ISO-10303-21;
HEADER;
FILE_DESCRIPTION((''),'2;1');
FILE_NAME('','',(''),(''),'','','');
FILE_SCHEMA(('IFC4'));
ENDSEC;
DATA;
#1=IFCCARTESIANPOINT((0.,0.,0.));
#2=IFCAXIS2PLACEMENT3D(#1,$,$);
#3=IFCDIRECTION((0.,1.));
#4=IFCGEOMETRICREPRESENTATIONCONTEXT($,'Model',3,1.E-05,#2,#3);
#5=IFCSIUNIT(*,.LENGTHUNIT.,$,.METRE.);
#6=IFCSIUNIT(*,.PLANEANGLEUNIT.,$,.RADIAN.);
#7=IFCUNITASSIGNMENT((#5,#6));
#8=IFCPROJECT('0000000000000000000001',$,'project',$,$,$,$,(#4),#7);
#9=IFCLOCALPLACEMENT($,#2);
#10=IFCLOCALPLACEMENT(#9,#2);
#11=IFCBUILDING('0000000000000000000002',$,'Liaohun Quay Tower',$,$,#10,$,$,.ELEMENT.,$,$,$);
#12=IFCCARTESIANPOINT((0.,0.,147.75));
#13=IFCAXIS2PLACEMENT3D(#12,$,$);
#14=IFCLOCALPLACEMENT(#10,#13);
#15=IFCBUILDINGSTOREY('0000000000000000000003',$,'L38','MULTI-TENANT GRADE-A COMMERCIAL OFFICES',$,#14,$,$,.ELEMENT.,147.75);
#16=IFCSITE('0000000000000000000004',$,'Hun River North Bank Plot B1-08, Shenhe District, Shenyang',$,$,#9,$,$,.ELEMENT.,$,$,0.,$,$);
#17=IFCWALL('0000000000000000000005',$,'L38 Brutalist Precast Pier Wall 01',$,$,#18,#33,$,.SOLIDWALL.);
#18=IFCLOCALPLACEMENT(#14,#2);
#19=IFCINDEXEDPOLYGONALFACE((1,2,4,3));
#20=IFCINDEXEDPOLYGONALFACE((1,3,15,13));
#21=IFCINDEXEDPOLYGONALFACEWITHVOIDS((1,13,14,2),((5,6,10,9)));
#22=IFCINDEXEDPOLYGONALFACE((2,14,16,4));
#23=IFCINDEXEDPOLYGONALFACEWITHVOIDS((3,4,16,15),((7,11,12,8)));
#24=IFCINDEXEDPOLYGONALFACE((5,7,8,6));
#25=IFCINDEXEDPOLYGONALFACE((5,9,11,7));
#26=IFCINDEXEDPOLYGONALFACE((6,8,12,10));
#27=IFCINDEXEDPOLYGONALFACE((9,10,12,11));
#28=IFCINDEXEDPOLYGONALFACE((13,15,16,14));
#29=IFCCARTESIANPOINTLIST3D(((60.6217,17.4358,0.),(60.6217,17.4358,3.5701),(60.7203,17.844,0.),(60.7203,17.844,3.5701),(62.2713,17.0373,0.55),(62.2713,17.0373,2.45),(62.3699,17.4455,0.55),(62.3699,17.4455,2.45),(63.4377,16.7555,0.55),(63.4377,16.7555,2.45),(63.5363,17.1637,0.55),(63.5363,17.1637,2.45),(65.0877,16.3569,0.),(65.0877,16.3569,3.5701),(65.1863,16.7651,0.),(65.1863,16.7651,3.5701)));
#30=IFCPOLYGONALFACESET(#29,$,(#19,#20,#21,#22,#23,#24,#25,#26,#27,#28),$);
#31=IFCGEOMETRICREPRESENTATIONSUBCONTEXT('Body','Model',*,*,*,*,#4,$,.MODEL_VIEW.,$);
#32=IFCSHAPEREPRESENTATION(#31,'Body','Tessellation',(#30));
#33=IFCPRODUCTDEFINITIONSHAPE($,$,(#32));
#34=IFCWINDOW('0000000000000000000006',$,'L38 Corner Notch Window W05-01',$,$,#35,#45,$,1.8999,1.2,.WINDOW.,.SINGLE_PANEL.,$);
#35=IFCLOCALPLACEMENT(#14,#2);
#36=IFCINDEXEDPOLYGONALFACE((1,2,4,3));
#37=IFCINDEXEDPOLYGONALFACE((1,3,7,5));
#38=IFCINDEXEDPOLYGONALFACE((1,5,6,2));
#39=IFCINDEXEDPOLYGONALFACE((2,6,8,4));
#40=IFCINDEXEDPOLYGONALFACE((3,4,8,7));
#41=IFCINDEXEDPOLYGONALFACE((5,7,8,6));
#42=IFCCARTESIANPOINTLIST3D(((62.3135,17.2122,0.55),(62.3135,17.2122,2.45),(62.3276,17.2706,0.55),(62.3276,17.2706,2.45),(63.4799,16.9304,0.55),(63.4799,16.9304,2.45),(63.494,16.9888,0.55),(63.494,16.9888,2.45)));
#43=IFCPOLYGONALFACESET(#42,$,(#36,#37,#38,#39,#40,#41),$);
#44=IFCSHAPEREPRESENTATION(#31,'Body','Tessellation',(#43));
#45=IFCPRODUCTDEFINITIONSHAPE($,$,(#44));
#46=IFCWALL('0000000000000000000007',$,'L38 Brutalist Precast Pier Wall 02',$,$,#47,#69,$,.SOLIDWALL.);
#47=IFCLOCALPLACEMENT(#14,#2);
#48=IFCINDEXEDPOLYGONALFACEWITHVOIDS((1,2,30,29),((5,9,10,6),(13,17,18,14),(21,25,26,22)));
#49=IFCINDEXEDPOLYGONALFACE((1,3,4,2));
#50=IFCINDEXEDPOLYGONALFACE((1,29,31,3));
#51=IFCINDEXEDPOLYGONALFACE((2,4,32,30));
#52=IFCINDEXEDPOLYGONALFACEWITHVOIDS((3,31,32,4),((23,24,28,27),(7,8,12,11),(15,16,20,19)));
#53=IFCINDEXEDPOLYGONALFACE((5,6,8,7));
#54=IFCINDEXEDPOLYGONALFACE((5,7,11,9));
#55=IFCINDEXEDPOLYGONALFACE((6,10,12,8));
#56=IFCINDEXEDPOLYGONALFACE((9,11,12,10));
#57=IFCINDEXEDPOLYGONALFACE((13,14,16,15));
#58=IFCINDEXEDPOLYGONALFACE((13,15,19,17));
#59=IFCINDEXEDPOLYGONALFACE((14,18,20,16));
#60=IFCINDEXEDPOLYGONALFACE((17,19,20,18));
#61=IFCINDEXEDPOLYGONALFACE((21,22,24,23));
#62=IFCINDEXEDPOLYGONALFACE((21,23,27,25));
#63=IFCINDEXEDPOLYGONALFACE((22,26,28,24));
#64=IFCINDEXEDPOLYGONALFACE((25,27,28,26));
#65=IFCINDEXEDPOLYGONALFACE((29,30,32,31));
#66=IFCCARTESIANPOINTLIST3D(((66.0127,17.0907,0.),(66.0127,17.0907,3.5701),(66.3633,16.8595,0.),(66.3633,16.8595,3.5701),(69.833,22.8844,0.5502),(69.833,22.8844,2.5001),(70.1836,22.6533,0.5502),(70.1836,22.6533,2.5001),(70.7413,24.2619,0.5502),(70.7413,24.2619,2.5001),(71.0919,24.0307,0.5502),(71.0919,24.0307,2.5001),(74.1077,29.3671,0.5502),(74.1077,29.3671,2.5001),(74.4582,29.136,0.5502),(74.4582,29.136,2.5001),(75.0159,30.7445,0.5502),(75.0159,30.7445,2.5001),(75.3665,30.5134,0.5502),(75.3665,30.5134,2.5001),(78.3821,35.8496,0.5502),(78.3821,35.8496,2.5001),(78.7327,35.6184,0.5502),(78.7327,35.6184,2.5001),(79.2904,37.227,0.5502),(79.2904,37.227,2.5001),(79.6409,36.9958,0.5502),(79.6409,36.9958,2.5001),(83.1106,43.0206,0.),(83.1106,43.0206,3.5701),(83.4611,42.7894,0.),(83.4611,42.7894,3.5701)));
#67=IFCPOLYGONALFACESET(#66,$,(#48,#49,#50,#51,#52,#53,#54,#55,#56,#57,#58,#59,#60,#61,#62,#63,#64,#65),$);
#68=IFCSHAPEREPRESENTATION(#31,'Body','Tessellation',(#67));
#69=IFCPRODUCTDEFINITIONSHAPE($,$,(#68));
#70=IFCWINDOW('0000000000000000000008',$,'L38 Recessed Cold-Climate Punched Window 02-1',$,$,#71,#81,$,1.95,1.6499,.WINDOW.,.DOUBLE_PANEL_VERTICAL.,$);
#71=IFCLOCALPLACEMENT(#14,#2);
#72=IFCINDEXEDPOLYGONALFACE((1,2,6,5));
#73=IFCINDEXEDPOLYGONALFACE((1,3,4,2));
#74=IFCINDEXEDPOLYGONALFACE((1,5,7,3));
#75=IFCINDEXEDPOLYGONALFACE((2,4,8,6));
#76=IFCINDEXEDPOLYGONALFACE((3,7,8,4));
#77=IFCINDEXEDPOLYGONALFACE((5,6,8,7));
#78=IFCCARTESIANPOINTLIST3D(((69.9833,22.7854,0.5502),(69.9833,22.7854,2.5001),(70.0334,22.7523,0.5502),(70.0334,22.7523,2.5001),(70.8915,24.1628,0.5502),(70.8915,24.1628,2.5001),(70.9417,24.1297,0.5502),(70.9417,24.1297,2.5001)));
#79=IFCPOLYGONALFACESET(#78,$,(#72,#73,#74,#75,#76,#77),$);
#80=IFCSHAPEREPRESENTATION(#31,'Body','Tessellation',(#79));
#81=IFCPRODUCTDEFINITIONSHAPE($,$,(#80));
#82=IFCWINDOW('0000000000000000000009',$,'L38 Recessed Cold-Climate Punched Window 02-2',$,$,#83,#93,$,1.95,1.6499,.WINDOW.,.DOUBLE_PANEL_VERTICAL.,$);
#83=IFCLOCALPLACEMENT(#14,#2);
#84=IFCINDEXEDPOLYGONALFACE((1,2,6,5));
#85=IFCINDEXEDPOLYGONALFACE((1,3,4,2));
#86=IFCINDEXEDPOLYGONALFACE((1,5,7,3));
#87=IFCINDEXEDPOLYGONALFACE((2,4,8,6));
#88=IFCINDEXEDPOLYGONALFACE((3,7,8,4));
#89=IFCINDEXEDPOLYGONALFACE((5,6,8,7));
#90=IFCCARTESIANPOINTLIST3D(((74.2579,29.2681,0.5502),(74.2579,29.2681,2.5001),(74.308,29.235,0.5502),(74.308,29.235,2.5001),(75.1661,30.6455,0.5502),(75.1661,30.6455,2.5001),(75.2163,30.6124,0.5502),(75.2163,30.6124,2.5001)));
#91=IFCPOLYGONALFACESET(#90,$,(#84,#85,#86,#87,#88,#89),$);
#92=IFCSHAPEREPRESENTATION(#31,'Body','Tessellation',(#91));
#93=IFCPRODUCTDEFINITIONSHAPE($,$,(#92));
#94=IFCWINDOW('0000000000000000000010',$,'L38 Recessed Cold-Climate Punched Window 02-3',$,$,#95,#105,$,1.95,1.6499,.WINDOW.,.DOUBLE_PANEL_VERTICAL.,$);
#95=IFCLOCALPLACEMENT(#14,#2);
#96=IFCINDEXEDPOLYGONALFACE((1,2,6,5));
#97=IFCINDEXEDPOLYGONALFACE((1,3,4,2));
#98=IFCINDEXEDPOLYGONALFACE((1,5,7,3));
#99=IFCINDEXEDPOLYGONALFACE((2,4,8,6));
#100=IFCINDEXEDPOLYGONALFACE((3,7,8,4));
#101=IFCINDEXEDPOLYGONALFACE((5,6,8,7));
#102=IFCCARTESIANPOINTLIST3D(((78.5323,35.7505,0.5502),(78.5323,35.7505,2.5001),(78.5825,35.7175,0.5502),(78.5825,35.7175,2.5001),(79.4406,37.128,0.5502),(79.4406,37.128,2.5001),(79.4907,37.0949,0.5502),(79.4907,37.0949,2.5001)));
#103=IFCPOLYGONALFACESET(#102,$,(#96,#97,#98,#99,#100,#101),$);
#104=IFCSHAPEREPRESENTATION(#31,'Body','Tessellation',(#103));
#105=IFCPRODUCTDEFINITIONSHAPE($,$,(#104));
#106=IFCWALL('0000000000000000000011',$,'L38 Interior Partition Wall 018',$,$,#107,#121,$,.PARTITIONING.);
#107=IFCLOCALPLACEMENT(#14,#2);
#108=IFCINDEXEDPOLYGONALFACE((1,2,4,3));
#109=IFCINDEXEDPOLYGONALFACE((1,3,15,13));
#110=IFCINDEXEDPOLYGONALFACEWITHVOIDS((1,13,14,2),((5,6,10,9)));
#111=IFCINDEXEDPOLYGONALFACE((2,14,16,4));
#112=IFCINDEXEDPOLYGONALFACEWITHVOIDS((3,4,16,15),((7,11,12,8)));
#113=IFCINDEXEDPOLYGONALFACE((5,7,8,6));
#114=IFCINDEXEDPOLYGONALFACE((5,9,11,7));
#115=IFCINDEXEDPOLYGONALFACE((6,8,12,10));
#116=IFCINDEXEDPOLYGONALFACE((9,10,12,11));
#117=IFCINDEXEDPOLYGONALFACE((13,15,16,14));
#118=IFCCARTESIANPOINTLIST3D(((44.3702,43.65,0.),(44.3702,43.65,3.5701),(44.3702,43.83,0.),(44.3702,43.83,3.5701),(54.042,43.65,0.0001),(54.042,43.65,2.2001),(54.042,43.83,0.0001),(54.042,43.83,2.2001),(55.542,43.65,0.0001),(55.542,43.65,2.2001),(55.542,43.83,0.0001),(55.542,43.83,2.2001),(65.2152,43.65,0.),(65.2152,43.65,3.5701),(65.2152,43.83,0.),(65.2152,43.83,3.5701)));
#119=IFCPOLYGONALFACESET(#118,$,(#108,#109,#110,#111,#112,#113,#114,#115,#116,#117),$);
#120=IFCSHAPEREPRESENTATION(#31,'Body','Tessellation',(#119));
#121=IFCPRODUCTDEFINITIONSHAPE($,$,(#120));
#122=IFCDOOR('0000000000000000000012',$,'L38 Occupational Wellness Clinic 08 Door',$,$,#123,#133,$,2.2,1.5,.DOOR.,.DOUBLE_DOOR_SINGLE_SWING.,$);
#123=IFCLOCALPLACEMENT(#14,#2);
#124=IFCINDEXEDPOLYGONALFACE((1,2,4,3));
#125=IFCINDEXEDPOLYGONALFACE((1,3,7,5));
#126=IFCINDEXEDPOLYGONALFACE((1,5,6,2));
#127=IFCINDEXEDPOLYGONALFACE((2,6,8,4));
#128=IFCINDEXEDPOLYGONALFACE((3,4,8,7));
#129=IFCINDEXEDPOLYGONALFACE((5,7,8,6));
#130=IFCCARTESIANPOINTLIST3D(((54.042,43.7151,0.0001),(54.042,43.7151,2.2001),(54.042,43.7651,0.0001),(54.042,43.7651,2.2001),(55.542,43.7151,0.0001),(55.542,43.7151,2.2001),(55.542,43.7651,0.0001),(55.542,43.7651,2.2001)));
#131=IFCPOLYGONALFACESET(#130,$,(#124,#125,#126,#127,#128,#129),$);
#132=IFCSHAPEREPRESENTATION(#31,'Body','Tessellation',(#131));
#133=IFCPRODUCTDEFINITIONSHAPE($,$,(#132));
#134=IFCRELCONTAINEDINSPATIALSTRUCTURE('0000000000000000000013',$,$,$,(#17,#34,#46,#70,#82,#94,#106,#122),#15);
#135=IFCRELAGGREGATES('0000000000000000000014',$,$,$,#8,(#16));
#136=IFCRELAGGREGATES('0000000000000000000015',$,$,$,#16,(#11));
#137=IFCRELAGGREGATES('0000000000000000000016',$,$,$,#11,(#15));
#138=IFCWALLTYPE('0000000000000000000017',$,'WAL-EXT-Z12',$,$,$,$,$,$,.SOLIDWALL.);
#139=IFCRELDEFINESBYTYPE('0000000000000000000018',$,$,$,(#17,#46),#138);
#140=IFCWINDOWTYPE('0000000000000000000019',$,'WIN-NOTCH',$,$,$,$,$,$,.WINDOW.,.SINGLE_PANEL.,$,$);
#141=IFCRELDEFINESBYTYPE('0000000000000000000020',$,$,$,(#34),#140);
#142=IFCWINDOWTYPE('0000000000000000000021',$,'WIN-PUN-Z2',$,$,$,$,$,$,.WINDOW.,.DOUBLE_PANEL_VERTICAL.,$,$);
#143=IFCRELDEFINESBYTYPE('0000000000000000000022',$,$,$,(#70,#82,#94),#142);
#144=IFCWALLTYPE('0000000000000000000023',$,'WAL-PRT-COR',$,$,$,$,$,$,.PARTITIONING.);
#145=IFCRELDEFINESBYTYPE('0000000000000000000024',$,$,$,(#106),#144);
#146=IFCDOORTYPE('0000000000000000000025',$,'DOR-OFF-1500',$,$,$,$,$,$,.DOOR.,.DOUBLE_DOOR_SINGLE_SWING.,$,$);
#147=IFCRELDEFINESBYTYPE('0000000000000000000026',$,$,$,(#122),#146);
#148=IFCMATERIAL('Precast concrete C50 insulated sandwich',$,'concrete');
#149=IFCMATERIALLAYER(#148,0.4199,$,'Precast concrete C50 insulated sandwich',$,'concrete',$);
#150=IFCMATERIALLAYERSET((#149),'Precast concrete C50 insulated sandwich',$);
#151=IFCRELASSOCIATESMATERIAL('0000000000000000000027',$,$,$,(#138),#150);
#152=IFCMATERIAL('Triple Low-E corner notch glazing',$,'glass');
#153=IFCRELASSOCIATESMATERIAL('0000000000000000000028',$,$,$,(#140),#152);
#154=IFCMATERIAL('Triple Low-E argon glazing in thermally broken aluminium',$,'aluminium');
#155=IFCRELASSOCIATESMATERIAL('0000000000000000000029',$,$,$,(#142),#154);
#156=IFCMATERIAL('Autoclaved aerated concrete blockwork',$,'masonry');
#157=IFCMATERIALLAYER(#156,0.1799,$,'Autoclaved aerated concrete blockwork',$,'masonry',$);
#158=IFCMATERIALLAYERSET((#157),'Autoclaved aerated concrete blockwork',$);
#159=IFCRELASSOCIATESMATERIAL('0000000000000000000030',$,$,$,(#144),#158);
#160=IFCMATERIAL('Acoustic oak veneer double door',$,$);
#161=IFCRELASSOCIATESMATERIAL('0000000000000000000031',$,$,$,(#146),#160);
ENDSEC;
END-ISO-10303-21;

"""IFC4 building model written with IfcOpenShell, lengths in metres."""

from ifc_helpers import new_model, si_unit, direction, frame, frame_2d, origin, place, context, subcontext, project, spatial, rectangle, extrude, source, transform, mapped, material, layer, layer_set, type_object, element, fill, save


model = new_model("IFC4")

# Units and contexts
model_context = context("Model", 3, precision=1e-05, world=origin(), true_north=direction((0.0, 1.0)))
body_context = subcontext(model_context, "Body", "Model", "MODEL_VIEW")
ifc_project = project(units=[si_unit("LENGTHUNIT", "METRE"), si_unit("PLANEANGLEUNIT", "RADIAN")], contexts=[model_context])

# Site, building, storey
site_placement = place(None, origin())
site = spatial("IfcSite", under=ifc_project, at=site_placement, Name="Hun River North Bank Plot B1-08, Shenhe District, Shenyang", CompositionType="ELEMENT", RefElevation=0.0)
building_placement = place(site_placement, origin())
building = spatial("IfcBuilding", under=site, at=building_placement, Name="Liaohun Quay Tower", CompositionType="ELEMENT")
storey_placement = place(building_placement, frame((0.0, 0.0, 147.75)))
storey = spatial("IfcBuildingStorey", under=building, at=storey_placement, Name="L38", Description="MULTI-TENANT GRADE-A COMMERCIAL OFFICES", CompositionType="ELEMENT", Elevation=147.75)

# Wall, opening, window
ifc_material_1 = material(Name="Precast concrete C50 insulated sandwich", Category="concrete")
ifc_layer_1 = layer(ifc_material_1, 0.4199, Name="Precast concrete C50 insulated sandwich", Category="concrete")
ifc_layer_set_1 = layer_set([ifc_layer_1], Name="Precast concrete C50 insulated sandwich")
wall_type_1 = type_object("IfcWallType", Name="WAL-EXT-Z12", PredefinedType="SOLIDWALL", material=ifc_layer_set_1)
wall_1_placement = place(storey_placement, frame((60.6709, 17.6399, 0.0), z_axis=(0.0, 0.0, 1.0), x_axis=(0.97204, -0.234814, 0.0)))
wall_1 = element("IfcWall", 1, at=wall_1_placement, inside=storey, type_object=wall_type_1, Name="L38 Brutalist Precast Pier Wall 01", PredefinedType="SOLIDWALL", context=body_context, shape_type="SweptSolid", body=[
    extrude(rectangle(XDim=4.5945, YDim=0.4199, at=frame_2d((2.2974, 0.0))), origin(), (0.0, 0.0, 1.0), 3.5701),
])
shared_shape_1 = source(origin(), body_context, "Body", "SweptSolid", [
    extrude(rectangle(XDim=1.2, YDim=1.8999, at=frame_2d((0.6001, 0.95))), frame((0.0, 0.22, 0.0), z_axis=(0.0, -1.0, 0.0), x_axis=(1.0, 0.0, 0.0)), (0.0, 0.0, 1.0), 0.4399),
])
opening_1_placement = place(wall_1_placement, frame((1.697, 0.0, 0.55)))
opening_1 = element("IfcOpeningElement", 2, at=opening_1_placement, cuts=wall_1, PredefinedType="OPENING", context=body_context, shape_type="MappedRepresentation", body=[
    mapped(shared_shape_1, transform((0.0, 0.0, 0.0), x_axis=(1.0, 0.0, 0.0), y_axis=(0.0, 1.0, 0.0), z_axis=(0.0, 0.0, 1.0), scale=1.0)),
])
ifc_material_2 = material(Name="Triple Low-E corner notch glazing", Category="glass")
window_type_1 = type_object("IfcWindowType", Name="WIN-NOTCH", PartitioningType="SINGLE_PANEL", PredefinedType="WINDOW", material=ifc_material_2)
shared_shape_2 = source(origin(), body_context, "Body", "SweptSolid", [
    extrude(rectangle(XDim=1.2, YDim=1.8999, at=frame_2d((0.6001, 0.95))), frame((0.0, 0.03, 0.0), z_axis=(0.0, -1.0, 0.0), x_axis=(1.0, 0.0, 0.0)), (0.0, 0.0, 1.0), 0.0601),
])
window_1_placement = place(opening_1_placement, origin())
window_1 = element("IfcWindow", 3, at=window_1_placement, inside=storey, type_object=window_type_1, Name="L38 Corner Notch Window W05-01", OverallHeight=1.8999, OverallWidth=1.2, PartitioningType="SINGLE_PANEL", PredefinedType="WINDOW", context=body_context, shape_type="MappedRepresentation", body=[
    mapped(shared_shape_2, transform((0.0, 0.0, 0.0), x_axis=(1.0, 0.0, 0.0), y_axis=(0.0, 1.0, 0.0), z_axis=(0.0, 0.0, 1.0), scale=1.0)),
])
fill(opening_1, window_1)

# Wall, openings, windows
wall_2_placement = place(storey_placement, frame((66.188, 16.9751, 0.0), z_axis=(0.0, 0.0, 1.0), x_axis=(0.550487, 0.834844, 0.0)))
wall_2 = element("IfcWall", 4, at=wall_2_placement, inside=storey, type_object=wall_type_1, Name="L38 Brutalist Precast Pier Wall 02", PredefinedType="SOLIDWALL", context=body_context, shape_type="SweptSolid", body=[
    extrude(rectangle(XDim=31.0596, YDim=0.4199, at=frame_2d((15.5298, 0.0))), origin(), (0.0, 0.0, 1.0), 3.5701),
])
shared_shape_3 = source(origin(), body_context, "Body", "SweptSolid", [
    extrude(rectangle(XDim=1.6499, YDim=1.95, at=frame_2d((0.825, 0.9751))), frame((0.0, 0.22, 0.0), z_axis=(0.0, -1.0, 0.0), x_axis=(1.0, 0.0, 0.0)), (0.0, 0.0, 1.0), 0.4399),
])
opening_2_placement = place(wall_2_placement, frame((6.9399, 0.0, 0.55)))
opening_2 = element("IfcOpeningElement", 5, at=opening_2_placement, cuts=wall_2, PredefinedType="OPENING", context=body_context, shape_type="MappedRepresentation", body=[
    mapped(shared_shape_3, transform((0.0, 0.0, 0.0), x_axis=(1.0, 0.0, 0.0), y_axis=(0.0, 1.0, 0.0), z_axis=(0.0, 0.0, 1.0), scale=1.0)),
])
opening_3_placement = place(wall_2_placement, frame((14.7051, 0.0, 0.55)))
opening_3 = element("IfcOpeningElement", 6, at=opening_3_placement, cuts=wall_2, PredefinedType="OPENING", context=body_context, shape_type="MappedRepresentation", body=[
    mapped(shared_shape_3, transform((0.0, 0.0, 0.0), x_axis=(1.0, 0.0, 0.0), y_axis=(0.0, 1.0, 0.0), z_axis=(0.0, 0.0, 1.0), scale=1.0)),
])
opening_4_placement = place(wall_2_placement, frame((22.47, 0.0, 0.55)))
opening_4 = element("IfcOpeningElement", 7, at=opening_4_placement, cuts=wall_2, PredefinedType="OPENING", context=body_context, shape_type="MappedRepresentation", body=[
    mapped(shared_shape_3, transform((0.0, 0.0, 0.0), x_axis=(1.0, 0.0, 0.0), y_axis=(0.0, 1.0, 0.0), z_axis=(0.0, 0.0, 1.0), scale=1.0)),
])
ifc_material_3 = material(Name="Triple Low-E argon glazing in thermally broken aluminium", Category="aluminium")
window_type_2 = type_object("IfcWindowType", Name="WIN-PUN-Z2", PartitioningType="DOUBLE_PANEL_VERTICAL", PredefinedType="WINDOW", material=ifc_material_3)
shared_shape_4 = source(origin(), body_context, "Body", "SweptSolid", [
    extrude(rectangle(XDim=1.6499, YDim=1.95, at=frame_2d((0.825, 0.9751))), frame((0.0, 0.03, 0.0), z_axis=(0.0, -1.0, 0.0), x_axis=(1.0, 0.0, 0.0)), (0.0, 0.0, 1.0), 0.0601),
])
window_2_placement = place(opening_2_placement, origin())
window_2 = element("IfcWindow", 8, at=window_2_placement, inside=storey, type_object=window_type_2, Name="L38 Recessed Cold-Climate Punched Window 02-1", OverallHeight=1.95, OverallWidth=1.6499, PartitioningType="DOUBLE_PANEL_VERTICAL", PredefinedType="WINDOW", context=body_context, shape_type="MappedRepresentation", body=[
    mapped(shared_shape_4, transform((0.0, 0.0, 0.0), x_axis=(1.0, 0.0, 0.0), y_axis=(0.0, 1.0, 0.0), z_axis=(0.0, 0.0, 1.0), scale=1.0)),
])
fill(opening_2, window_2)
window_3_placement = place(opening_3_placement, origin())
window_3 = element("IfcWindow", 9, at=window_3_placement, inside=storey, type_object=window_type_2, Name="L38 Recessed Cold-Climate Punched Window 02-2", OverallHeight=1.95, OverallWidth=1.6499, PartitioningType="DOUBLE_PANEL_VERTICAL", PredefinedType="WINDOW", context=body_context, shape_type="MappedRepresentation", body=[
    mapped(shared_shape_4, transform((0.0, 0.0, 0.0), x_axis=(1.0, 0.0, 0.0), y_axis=(0.0, 1.0, 0.0), z_axis=(0.0, 0.0, 1.0), scale=1.0)),
])
fill(opening_3, window_3)
window_4_placement = place(opening_4_placement, origin())
window_4 = element("IfcWindow", 10, at=window_4_placement, inside=storey, type_object=window_type_2, Name="L38 Recessed Cold-Climate Punched Window 02-3", OverallHeight=1.95, OverallWidth=1.6499, PartitioningType="DOUBLE_PANEL_VERTICAL", PredefinedType="WINDOW", context=body_context, shape_type="MappedRepresentation", body=[
    mapped(shared_shape_4, transform((0.0, 0.0, 0.0), x_axis=(1.0, 0.0, 0.0), y_axis=(0.0, 1.0, 0.0), z_axis=(0.0, 0.0, 1.0), scale=1.0)),
])
fill(opening_4, window_4)

# Wall, opening, door
ifc_material_4 = material(Name="Autoclaved aerated concrete blockwork", Category="masonry")
ifc_layer_2 = layer(ifc_material_4, 0.1799, Name="Autoclaved aerated concrete blockwork", Category="masonry")
ifc_layer_set_2 = layer_set([ifc_layer_2], Name="Autoclaved aerated concrete blockwork")
wall_type_2 = type_object("IfcWallType", Name="WAL-PRT-COR", PredefinedType="PARTITIONING", material=ifc_layer_set_2)
wall_3_placement = place(storey_placement, frame((65.2151, 43.74, 0.0), z_axis=(0.0, 0.0, 1.0), x_axis=(-1.0, 0.0, 0.0)))
wall_3 = element("IfcWall", 11, at=wall_3_placement, inside=storey, type_object=wall_type_2, Name="L38 Interior Partition Wall 018", PredefinedType="PARTITIONING", context=body_context, shape_type="SweptSolid", body=[
    extrude(rectangle(XDim=20.845, YDim=0.1799, at=frame_2d((10.4224, 0.0))), origin(), (0.0, 0.0, 1.0), 3.5701),
])
shared_shape_5 = source(origin(), body_context, "Body", "SweptSolid", [
    extrude(rectangle(XDim=1.5, YDim=2.2, at=frame_2d((0.75, 1.1001))), frame((0.0, 0.0999, 0.0), z_axis=(0.0, -1.0, 0.0), x_axis=(1.0, 0.0, 0.0)), (0.0, 0.0, 1.0), 0.2),
])
opening_5_placement = place(wall_3_placement, frame((9.6731, 0.0, 0.0)))
opening_5 = element("IfcOpeningElement", 12, at=opening_5_placement, cuts=wall_3, PredefinedType="OPENING", context=body_context, shape_type="MappedRepresentation", body=[
    mapped(shared_shape_5, transform((0.0, 0.0, 0.0), x_axis=(1.0, 0.0, 0.0), y_axis=(0.0, 1.0, 0.0), z_axis=(0.0, 0.0, 1.0), scale=1.0)),
])
ifc_material_5 = material(Name="Acoustic oak veneer double door")
door_type = type_object("IfcDoorType", Name="DOR-OFF-1500", OperationType="DOUBLE_DOOR_SINGLE_SWING", PredefinedType="DOOR", material=ifc_material_5)
shared_shape_6 = source(origin(), body_context, "Body", "SweptSolid", [
    extrude(rectangle(XDim=1.5, YDim=2.2, at=frame_2d((0.75, 1.1001))), frame((0.0, 0.0249, 0.0), z_axis=(0.0, -1.0, 0.0), x_axis=(1.0, 0.0, 0.0)), (0.0, 0.0, 1.0), 0.05),
])
door_1_placement = place(opening_5_placement, origin())
door_1 = element("IfcDoor", 13, at=door_1_placement, inside=storey, type_object=door_type, Name="L38 Occupational Wellness Clinic 08 Door", OperationType="DOUBLE_DOOR_SINGLE_SWING", OverallHeight=2.2, OverallWidth=1.5, PredefinedType="DOOR", context=body_context, shape_type="MappedRepresentation", body=[
    mapped(shared_shape_6, transform((0.0, 0.0, 0.0), x_axis=(1.0, 0.0, 0.0), y_axis=(0.0, 1.0, 0.0), z_axis=(0.0, 0.0, 1.0), scale=1.0)),
])
fill(opening_5, door_1)

save(model, "model.ifc")
